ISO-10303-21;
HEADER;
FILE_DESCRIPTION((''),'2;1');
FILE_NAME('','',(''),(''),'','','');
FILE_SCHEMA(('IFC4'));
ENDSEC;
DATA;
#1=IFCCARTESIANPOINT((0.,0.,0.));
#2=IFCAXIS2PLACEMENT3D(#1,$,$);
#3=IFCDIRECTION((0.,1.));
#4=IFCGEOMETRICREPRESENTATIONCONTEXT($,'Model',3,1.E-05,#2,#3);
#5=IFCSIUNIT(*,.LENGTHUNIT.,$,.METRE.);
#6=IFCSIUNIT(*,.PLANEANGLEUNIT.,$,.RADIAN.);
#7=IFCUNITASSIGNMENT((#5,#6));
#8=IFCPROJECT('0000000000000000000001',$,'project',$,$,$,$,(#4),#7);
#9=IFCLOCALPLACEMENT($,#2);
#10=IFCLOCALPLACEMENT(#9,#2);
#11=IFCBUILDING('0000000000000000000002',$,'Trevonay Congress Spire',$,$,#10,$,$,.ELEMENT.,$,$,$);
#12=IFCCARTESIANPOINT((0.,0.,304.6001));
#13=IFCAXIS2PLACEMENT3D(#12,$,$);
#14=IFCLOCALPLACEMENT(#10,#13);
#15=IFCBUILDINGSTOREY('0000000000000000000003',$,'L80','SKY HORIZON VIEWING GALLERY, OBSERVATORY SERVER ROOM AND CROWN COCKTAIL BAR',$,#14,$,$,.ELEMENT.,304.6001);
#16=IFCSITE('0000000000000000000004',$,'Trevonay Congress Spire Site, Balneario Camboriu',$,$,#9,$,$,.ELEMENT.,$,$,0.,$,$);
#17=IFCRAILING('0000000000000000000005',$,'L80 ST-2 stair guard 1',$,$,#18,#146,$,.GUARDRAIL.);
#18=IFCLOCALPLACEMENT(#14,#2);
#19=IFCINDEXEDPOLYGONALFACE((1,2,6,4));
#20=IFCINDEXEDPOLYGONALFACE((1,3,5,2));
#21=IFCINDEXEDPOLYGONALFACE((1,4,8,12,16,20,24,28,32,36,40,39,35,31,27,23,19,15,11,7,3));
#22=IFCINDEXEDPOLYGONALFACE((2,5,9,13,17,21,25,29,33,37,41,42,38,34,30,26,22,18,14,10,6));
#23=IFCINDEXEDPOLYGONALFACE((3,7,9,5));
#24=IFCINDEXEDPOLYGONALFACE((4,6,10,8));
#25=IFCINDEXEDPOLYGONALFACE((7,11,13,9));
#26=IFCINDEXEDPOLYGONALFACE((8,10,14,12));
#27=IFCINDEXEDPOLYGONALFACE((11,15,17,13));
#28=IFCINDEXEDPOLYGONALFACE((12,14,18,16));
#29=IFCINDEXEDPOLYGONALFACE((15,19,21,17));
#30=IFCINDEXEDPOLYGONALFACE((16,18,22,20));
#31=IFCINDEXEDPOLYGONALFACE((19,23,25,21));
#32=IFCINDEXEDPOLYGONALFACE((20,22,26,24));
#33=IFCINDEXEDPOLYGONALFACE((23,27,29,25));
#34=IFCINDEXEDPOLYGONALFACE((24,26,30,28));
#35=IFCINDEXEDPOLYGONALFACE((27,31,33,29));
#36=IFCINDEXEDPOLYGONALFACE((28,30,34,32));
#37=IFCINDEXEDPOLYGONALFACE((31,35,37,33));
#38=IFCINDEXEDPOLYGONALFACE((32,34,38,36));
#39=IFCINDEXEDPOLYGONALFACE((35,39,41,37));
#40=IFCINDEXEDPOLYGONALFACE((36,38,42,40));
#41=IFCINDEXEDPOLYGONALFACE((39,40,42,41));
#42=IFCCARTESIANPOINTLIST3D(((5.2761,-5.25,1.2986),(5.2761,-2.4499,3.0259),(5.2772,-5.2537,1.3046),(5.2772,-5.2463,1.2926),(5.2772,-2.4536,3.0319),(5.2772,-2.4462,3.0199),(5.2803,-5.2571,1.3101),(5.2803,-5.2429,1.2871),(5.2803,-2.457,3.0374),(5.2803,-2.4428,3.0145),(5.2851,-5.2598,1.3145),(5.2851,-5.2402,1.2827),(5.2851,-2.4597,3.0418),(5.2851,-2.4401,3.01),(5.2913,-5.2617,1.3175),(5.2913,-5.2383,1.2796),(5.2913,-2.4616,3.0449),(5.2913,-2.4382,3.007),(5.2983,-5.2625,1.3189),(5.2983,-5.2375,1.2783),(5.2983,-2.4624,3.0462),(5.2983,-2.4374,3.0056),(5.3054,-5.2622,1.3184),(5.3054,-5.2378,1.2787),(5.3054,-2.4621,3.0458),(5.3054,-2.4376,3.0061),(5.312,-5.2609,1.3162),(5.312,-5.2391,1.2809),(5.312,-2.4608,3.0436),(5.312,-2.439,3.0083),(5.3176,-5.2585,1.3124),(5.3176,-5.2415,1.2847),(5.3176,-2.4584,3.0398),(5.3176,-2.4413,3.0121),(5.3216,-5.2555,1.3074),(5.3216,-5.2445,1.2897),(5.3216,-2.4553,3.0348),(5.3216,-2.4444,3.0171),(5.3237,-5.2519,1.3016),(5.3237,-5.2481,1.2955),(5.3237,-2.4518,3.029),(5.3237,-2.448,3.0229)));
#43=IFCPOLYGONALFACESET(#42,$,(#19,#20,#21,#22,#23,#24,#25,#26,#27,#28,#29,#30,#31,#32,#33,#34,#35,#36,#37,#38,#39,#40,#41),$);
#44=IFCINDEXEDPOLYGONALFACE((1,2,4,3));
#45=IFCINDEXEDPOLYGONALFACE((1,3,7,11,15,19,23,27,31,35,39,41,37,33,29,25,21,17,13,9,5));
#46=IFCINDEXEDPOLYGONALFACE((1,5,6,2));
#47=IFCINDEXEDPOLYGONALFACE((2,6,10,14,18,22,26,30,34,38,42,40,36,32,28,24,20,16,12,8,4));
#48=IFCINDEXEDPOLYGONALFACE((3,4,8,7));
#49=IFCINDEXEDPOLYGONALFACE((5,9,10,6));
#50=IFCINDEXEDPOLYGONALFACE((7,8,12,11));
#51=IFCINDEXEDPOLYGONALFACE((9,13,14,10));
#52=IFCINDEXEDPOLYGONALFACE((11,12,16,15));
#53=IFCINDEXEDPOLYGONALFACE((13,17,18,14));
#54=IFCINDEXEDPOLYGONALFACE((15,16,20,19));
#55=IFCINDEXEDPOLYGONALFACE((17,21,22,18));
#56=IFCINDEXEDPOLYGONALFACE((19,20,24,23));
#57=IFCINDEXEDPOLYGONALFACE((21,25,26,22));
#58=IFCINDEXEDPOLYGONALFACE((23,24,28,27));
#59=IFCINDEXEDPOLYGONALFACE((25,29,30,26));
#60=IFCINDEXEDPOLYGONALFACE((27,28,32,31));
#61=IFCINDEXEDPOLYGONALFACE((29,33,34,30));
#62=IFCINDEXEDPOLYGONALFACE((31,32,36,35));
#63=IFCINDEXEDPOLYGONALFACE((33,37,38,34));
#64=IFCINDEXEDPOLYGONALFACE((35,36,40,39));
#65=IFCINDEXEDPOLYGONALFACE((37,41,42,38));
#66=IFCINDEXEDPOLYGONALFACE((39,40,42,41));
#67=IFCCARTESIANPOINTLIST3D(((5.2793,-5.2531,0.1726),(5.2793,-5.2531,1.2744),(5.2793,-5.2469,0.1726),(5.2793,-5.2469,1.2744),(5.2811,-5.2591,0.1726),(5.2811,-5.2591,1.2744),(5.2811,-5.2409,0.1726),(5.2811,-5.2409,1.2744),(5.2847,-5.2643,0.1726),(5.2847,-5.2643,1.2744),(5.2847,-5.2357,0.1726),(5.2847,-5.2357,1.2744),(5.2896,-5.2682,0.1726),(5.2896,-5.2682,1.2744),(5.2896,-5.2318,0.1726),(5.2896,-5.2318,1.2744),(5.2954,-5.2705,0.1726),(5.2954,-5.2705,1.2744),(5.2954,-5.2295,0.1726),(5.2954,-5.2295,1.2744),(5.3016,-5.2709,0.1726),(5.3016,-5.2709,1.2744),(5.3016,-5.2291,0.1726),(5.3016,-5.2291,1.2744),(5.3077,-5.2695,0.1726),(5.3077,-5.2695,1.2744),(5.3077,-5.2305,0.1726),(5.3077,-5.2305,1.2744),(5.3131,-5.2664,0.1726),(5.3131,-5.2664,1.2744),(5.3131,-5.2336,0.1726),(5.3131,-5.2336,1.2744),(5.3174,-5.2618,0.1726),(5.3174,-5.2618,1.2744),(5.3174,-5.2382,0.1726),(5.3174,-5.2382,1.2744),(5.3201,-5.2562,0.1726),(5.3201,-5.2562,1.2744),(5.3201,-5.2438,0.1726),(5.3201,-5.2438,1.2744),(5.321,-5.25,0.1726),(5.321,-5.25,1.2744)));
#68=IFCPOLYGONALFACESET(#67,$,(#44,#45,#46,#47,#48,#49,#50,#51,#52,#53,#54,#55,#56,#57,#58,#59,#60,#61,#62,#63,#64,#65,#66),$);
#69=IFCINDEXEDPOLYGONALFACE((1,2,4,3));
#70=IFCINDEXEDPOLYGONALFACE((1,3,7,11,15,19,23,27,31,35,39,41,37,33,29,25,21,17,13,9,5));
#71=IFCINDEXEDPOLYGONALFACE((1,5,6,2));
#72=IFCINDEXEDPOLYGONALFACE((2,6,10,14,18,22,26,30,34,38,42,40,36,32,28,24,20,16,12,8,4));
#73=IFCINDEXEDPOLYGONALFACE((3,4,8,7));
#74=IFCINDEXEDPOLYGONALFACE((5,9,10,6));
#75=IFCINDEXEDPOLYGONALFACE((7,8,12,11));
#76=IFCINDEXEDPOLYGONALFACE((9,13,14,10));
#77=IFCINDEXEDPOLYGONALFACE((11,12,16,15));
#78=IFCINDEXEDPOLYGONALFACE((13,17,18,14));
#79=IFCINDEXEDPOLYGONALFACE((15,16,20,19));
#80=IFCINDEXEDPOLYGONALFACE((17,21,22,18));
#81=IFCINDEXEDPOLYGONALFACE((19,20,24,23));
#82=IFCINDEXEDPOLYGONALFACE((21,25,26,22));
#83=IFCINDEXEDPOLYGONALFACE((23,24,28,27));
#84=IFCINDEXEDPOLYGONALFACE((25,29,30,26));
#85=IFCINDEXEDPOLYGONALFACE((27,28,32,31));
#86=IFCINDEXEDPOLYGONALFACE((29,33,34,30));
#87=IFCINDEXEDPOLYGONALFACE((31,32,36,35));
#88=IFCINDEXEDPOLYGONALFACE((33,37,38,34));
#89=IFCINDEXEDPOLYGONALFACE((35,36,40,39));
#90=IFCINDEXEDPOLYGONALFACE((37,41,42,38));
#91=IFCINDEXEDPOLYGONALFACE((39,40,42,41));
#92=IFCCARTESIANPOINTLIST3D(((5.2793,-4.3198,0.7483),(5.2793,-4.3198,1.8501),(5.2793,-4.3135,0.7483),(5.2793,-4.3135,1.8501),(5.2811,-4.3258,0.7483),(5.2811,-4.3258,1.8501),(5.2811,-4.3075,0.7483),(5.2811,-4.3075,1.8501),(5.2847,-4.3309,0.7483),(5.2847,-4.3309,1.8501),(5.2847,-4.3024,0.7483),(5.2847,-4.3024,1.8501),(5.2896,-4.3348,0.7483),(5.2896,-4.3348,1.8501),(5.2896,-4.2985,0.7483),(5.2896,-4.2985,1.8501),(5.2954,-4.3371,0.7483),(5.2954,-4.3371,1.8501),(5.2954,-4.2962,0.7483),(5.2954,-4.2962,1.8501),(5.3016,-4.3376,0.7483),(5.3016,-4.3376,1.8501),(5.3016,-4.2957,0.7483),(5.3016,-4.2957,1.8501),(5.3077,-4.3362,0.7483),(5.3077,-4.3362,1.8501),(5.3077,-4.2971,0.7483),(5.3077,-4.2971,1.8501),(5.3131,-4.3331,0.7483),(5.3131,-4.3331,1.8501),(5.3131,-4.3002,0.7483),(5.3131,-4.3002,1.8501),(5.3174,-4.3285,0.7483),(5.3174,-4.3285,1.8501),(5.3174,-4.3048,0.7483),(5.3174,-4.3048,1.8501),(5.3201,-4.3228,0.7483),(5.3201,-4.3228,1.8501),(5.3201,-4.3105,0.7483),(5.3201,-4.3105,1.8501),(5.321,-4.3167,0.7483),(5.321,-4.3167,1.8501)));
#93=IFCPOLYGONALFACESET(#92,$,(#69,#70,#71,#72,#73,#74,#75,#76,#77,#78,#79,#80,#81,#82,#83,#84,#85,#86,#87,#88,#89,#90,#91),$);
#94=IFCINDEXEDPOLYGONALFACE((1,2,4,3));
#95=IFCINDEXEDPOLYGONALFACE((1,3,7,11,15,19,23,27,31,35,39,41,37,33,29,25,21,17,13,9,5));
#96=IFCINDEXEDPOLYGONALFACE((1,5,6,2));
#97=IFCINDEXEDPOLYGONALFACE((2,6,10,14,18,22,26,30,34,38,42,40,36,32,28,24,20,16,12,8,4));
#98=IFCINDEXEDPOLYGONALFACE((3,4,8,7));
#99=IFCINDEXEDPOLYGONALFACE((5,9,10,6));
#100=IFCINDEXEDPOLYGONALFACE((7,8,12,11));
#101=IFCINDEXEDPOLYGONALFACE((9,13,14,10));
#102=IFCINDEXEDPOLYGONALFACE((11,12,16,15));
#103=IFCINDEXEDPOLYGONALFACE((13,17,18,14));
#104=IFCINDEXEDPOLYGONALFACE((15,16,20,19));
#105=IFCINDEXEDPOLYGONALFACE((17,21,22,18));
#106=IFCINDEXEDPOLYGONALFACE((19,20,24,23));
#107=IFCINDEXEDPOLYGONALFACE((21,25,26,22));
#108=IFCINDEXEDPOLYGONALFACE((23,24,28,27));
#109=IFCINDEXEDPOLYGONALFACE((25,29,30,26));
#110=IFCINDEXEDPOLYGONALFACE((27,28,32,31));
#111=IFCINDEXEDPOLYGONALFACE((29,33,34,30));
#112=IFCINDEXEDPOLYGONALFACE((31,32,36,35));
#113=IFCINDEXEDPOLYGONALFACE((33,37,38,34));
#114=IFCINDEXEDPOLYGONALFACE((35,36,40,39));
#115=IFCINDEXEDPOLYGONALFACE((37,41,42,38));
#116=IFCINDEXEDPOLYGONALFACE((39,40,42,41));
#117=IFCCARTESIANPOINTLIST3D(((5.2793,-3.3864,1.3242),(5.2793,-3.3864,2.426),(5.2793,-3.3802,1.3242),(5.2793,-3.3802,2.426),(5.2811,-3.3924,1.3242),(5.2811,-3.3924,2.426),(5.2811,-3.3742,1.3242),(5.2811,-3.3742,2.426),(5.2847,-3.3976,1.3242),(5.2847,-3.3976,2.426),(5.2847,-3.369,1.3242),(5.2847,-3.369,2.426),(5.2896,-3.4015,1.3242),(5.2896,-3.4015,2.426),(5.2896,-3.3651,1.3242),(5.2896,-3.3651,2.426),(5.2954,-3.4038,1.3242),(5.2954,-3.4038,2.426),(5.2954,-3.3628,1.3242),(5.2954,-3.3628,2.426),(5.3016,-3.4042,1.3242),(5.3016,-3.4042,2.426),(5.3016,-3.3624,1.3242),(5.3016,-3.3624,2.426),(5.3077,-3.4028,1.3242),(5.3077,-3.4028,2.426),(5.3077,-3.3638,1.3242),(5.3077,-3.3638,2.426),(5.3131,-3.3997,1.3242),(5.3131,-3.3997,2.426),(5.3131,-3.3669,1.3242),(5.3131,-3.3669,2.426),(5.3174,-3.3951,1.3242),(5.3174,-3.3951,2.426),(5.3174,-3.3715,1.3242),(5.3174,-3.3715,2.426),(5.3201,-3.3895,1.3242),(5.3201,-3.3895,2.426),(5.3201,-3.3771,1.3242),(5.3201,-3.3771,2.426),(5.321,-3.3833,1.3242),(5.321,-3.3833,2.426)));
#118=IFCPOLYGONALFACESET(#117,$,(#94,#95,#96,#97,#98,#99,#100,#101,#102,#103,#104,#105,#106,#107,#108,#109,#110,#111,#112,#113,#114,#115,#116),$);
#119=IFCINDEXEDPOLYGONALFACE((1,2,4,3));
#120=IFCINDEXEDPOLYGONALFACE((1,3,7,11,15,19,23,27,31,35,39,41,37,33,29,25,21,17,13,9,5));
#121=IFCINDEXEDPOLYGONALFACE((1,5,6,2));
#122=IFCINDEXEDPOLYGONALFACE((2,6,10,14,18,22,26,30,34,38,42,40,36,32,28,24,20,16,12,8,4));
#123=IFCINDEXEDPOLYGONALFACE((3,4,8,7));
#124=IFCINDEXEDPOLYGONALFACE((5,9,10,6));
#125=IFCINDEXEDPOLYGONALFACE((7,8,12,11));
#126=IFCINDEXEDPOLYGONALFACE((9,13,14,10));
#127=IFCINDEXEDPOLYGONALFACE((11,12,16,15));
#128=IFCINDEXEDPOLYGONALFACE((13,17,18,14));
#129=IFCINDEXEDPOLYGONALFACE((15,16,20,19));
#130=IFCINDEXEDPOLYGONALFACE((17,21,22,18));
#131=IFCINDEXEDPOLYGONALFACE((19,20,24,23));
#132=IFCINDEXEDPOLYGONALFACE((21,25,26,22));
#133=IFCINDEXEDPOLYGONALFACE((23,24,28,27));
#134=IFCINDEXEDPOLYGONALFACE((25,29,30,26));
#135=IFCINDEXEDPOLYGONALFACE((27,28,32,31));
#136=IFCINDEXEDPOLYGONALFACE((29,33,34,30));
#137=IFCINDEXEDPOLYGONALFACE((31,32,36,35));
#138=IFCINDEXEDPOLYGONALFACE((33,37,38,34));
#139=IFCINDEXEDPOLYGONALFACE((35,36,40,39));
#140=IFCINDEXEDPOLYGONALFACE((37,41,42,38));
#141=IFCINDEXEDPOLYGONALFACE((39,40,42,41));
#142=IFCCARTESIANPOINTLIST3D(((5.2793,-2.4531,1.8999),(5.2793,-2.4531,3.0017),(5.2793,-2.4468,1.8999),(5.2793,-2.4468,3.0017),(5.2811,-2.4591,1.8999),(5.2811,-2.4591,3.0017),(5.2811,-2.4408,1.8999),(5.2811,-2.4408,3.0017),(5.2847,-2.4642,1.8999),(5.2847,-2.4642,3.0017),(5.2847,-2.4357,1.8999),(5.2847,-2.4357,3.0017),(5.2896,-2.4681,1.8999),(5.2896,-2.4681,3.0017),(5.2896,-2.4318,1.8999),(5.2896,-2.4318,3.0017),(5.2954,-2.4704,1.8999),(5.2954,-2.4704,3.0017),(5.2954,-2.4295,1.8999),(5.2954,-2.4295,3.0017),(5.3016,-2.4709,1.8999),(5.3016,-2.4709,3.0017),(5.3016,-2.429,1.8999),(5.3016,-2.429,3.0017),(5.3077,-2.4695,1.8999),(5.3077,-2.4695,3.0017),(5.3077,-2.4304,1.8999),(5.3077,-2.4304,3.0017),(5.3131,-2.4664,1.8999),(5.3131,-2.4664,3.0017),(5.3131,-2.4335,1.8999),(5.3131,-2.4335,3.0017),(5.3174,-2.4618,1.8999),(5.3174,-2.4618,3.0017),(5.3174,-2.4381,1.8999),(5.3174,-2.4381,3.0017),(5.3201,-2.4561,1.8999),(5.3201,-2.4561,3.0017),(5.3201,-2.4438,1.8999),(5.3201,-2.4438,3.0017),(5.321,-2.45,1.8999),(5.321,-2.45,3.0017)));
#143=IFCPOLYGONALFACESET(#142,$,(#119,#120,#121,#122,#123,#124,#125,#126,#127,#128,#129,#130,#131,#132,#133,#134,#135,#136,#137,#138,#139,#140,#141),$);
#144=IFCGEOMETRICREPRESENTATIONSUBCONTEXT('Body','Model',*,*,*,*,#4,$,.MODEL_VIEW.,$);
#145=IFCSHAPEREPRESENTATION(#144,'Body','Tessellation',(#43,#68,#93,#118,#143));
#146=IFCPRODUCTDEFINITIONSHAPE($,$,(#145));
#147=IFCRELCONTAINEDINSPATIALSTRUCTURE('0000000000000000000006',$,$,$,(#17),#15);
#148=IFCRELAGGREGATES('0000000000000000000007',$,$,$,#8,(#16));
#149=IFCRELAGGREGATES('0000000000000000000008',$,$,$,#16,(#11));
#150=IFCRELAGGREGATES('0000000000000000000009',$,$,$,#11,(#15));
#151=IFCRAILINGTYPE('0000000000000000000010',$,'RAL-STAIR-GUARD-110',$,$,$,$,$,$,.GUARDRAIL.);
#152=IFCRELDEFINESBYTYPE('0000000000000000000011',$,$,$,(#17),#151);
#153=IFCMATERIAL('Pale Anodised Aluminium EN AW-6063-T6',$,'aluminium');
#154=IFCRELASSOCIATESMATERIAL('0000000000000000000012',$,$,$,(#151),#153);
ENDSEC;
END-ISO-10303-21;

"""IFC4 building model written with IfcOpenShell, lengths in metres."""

from ifc_helpers import new_model, si_unit, direction, frame, origin, origin_2d, place, context, subcontext, project, spatial, circle, extrude, material, type_object, element, save


model = new_model("IFC4")

# Units and contexts
model_context = context("Model", 3, precision=1e-05, world=origin(), true_north=direction((0.0, 1.0)))
body_context = subcontext(model_context, "Body", "Model", "MODEL_VIEW")
ifc_project = project(units=[si_unit("LENGTHUNIT", "METRE"), si_unit("PLANEANGLEUNIT", "RADIAN")], contexts=[model_context])

# Site, building, storey
site_placement = place(None, origin())
site = spatial("IfcSite", under=ifc_project, at=site_placement, Name="Trevonay Congress Spire Site, Balneario Camboriu", CompositionType="ELEMENT", RefElevation=0.0)
building_placement = place(site_placement, origin())
building = spatial("IfcBuilding", under=site, at=building_placement, Name="Trevonay Congress Spire", CompositionType="ELEMENT")
storey_placement = place(building_placement, frame((0.0, 0.0, 304.6001)))
storey = spatial("IfcBuildingStorey", under=building, at=storey_placement, Name="L80", Description="SKY HORIZON VIEWING GALLERY, OBSERVATORY SERVER ROOM AND CROWN COCKTAIL BAR", CompositionType="ELEMENT", Elevation=304.6001)

# Shared definitions
ifc_material_1 = material(Name="Pale Anodised Aluminium EN AW-6063-T6", Category="aluminium")

# Railing
railing_type_1 = type_object("IfcRailingType", Name="RAL-STAIR-GUARD-110", PredefinedType="GUARDRAIL", material=ifc_material_1)
railing_1_placement = place(storey_placement, frame((5.3, -5.25, 0.1726)))
element("IfcRailing", 1, at=railing_1_placement, inside=storey, type_object=railing_type_1, Name="L80 ST-2 stair guard 1", PredefinedType="GUARDRAIL", context=body_context, shape_type="SweptSolid", body=[
    extrude(circle(Radius=0.0239, at=origin_2d()), frame((0.0, 0.0, 1.126), z_axis=(0.0, 0.85109, 0.52502), x_axis=(-1.0, 0.0, 0.0)), (0.0, 0.0, 1.0), 3.29),
    extrude(circle(Radius=0.021, at=origin_2d()), origin(), (0.0, 0.0, 1.0), 1.1018),
    extrude(circle(Radius=0.021, at=origin_2d()), frame((0.0, 0.9333, 0.5757)), (0.0, 0.0, 1.0), 1.1018),
    extrude(circle(Radius=0.021, at=origin_2d()), frame((0.0, 1.8667, 1.1516)), (0.0, 0.0, 1.0), 1.1018),
    extrude(circle(Radius=0.021, at=origin_2d()), frame((0.0, 2.8, 1.7273)), (0.0, 0.0, 1.0), 1.1018),
])

save(model, "model.ifc")
